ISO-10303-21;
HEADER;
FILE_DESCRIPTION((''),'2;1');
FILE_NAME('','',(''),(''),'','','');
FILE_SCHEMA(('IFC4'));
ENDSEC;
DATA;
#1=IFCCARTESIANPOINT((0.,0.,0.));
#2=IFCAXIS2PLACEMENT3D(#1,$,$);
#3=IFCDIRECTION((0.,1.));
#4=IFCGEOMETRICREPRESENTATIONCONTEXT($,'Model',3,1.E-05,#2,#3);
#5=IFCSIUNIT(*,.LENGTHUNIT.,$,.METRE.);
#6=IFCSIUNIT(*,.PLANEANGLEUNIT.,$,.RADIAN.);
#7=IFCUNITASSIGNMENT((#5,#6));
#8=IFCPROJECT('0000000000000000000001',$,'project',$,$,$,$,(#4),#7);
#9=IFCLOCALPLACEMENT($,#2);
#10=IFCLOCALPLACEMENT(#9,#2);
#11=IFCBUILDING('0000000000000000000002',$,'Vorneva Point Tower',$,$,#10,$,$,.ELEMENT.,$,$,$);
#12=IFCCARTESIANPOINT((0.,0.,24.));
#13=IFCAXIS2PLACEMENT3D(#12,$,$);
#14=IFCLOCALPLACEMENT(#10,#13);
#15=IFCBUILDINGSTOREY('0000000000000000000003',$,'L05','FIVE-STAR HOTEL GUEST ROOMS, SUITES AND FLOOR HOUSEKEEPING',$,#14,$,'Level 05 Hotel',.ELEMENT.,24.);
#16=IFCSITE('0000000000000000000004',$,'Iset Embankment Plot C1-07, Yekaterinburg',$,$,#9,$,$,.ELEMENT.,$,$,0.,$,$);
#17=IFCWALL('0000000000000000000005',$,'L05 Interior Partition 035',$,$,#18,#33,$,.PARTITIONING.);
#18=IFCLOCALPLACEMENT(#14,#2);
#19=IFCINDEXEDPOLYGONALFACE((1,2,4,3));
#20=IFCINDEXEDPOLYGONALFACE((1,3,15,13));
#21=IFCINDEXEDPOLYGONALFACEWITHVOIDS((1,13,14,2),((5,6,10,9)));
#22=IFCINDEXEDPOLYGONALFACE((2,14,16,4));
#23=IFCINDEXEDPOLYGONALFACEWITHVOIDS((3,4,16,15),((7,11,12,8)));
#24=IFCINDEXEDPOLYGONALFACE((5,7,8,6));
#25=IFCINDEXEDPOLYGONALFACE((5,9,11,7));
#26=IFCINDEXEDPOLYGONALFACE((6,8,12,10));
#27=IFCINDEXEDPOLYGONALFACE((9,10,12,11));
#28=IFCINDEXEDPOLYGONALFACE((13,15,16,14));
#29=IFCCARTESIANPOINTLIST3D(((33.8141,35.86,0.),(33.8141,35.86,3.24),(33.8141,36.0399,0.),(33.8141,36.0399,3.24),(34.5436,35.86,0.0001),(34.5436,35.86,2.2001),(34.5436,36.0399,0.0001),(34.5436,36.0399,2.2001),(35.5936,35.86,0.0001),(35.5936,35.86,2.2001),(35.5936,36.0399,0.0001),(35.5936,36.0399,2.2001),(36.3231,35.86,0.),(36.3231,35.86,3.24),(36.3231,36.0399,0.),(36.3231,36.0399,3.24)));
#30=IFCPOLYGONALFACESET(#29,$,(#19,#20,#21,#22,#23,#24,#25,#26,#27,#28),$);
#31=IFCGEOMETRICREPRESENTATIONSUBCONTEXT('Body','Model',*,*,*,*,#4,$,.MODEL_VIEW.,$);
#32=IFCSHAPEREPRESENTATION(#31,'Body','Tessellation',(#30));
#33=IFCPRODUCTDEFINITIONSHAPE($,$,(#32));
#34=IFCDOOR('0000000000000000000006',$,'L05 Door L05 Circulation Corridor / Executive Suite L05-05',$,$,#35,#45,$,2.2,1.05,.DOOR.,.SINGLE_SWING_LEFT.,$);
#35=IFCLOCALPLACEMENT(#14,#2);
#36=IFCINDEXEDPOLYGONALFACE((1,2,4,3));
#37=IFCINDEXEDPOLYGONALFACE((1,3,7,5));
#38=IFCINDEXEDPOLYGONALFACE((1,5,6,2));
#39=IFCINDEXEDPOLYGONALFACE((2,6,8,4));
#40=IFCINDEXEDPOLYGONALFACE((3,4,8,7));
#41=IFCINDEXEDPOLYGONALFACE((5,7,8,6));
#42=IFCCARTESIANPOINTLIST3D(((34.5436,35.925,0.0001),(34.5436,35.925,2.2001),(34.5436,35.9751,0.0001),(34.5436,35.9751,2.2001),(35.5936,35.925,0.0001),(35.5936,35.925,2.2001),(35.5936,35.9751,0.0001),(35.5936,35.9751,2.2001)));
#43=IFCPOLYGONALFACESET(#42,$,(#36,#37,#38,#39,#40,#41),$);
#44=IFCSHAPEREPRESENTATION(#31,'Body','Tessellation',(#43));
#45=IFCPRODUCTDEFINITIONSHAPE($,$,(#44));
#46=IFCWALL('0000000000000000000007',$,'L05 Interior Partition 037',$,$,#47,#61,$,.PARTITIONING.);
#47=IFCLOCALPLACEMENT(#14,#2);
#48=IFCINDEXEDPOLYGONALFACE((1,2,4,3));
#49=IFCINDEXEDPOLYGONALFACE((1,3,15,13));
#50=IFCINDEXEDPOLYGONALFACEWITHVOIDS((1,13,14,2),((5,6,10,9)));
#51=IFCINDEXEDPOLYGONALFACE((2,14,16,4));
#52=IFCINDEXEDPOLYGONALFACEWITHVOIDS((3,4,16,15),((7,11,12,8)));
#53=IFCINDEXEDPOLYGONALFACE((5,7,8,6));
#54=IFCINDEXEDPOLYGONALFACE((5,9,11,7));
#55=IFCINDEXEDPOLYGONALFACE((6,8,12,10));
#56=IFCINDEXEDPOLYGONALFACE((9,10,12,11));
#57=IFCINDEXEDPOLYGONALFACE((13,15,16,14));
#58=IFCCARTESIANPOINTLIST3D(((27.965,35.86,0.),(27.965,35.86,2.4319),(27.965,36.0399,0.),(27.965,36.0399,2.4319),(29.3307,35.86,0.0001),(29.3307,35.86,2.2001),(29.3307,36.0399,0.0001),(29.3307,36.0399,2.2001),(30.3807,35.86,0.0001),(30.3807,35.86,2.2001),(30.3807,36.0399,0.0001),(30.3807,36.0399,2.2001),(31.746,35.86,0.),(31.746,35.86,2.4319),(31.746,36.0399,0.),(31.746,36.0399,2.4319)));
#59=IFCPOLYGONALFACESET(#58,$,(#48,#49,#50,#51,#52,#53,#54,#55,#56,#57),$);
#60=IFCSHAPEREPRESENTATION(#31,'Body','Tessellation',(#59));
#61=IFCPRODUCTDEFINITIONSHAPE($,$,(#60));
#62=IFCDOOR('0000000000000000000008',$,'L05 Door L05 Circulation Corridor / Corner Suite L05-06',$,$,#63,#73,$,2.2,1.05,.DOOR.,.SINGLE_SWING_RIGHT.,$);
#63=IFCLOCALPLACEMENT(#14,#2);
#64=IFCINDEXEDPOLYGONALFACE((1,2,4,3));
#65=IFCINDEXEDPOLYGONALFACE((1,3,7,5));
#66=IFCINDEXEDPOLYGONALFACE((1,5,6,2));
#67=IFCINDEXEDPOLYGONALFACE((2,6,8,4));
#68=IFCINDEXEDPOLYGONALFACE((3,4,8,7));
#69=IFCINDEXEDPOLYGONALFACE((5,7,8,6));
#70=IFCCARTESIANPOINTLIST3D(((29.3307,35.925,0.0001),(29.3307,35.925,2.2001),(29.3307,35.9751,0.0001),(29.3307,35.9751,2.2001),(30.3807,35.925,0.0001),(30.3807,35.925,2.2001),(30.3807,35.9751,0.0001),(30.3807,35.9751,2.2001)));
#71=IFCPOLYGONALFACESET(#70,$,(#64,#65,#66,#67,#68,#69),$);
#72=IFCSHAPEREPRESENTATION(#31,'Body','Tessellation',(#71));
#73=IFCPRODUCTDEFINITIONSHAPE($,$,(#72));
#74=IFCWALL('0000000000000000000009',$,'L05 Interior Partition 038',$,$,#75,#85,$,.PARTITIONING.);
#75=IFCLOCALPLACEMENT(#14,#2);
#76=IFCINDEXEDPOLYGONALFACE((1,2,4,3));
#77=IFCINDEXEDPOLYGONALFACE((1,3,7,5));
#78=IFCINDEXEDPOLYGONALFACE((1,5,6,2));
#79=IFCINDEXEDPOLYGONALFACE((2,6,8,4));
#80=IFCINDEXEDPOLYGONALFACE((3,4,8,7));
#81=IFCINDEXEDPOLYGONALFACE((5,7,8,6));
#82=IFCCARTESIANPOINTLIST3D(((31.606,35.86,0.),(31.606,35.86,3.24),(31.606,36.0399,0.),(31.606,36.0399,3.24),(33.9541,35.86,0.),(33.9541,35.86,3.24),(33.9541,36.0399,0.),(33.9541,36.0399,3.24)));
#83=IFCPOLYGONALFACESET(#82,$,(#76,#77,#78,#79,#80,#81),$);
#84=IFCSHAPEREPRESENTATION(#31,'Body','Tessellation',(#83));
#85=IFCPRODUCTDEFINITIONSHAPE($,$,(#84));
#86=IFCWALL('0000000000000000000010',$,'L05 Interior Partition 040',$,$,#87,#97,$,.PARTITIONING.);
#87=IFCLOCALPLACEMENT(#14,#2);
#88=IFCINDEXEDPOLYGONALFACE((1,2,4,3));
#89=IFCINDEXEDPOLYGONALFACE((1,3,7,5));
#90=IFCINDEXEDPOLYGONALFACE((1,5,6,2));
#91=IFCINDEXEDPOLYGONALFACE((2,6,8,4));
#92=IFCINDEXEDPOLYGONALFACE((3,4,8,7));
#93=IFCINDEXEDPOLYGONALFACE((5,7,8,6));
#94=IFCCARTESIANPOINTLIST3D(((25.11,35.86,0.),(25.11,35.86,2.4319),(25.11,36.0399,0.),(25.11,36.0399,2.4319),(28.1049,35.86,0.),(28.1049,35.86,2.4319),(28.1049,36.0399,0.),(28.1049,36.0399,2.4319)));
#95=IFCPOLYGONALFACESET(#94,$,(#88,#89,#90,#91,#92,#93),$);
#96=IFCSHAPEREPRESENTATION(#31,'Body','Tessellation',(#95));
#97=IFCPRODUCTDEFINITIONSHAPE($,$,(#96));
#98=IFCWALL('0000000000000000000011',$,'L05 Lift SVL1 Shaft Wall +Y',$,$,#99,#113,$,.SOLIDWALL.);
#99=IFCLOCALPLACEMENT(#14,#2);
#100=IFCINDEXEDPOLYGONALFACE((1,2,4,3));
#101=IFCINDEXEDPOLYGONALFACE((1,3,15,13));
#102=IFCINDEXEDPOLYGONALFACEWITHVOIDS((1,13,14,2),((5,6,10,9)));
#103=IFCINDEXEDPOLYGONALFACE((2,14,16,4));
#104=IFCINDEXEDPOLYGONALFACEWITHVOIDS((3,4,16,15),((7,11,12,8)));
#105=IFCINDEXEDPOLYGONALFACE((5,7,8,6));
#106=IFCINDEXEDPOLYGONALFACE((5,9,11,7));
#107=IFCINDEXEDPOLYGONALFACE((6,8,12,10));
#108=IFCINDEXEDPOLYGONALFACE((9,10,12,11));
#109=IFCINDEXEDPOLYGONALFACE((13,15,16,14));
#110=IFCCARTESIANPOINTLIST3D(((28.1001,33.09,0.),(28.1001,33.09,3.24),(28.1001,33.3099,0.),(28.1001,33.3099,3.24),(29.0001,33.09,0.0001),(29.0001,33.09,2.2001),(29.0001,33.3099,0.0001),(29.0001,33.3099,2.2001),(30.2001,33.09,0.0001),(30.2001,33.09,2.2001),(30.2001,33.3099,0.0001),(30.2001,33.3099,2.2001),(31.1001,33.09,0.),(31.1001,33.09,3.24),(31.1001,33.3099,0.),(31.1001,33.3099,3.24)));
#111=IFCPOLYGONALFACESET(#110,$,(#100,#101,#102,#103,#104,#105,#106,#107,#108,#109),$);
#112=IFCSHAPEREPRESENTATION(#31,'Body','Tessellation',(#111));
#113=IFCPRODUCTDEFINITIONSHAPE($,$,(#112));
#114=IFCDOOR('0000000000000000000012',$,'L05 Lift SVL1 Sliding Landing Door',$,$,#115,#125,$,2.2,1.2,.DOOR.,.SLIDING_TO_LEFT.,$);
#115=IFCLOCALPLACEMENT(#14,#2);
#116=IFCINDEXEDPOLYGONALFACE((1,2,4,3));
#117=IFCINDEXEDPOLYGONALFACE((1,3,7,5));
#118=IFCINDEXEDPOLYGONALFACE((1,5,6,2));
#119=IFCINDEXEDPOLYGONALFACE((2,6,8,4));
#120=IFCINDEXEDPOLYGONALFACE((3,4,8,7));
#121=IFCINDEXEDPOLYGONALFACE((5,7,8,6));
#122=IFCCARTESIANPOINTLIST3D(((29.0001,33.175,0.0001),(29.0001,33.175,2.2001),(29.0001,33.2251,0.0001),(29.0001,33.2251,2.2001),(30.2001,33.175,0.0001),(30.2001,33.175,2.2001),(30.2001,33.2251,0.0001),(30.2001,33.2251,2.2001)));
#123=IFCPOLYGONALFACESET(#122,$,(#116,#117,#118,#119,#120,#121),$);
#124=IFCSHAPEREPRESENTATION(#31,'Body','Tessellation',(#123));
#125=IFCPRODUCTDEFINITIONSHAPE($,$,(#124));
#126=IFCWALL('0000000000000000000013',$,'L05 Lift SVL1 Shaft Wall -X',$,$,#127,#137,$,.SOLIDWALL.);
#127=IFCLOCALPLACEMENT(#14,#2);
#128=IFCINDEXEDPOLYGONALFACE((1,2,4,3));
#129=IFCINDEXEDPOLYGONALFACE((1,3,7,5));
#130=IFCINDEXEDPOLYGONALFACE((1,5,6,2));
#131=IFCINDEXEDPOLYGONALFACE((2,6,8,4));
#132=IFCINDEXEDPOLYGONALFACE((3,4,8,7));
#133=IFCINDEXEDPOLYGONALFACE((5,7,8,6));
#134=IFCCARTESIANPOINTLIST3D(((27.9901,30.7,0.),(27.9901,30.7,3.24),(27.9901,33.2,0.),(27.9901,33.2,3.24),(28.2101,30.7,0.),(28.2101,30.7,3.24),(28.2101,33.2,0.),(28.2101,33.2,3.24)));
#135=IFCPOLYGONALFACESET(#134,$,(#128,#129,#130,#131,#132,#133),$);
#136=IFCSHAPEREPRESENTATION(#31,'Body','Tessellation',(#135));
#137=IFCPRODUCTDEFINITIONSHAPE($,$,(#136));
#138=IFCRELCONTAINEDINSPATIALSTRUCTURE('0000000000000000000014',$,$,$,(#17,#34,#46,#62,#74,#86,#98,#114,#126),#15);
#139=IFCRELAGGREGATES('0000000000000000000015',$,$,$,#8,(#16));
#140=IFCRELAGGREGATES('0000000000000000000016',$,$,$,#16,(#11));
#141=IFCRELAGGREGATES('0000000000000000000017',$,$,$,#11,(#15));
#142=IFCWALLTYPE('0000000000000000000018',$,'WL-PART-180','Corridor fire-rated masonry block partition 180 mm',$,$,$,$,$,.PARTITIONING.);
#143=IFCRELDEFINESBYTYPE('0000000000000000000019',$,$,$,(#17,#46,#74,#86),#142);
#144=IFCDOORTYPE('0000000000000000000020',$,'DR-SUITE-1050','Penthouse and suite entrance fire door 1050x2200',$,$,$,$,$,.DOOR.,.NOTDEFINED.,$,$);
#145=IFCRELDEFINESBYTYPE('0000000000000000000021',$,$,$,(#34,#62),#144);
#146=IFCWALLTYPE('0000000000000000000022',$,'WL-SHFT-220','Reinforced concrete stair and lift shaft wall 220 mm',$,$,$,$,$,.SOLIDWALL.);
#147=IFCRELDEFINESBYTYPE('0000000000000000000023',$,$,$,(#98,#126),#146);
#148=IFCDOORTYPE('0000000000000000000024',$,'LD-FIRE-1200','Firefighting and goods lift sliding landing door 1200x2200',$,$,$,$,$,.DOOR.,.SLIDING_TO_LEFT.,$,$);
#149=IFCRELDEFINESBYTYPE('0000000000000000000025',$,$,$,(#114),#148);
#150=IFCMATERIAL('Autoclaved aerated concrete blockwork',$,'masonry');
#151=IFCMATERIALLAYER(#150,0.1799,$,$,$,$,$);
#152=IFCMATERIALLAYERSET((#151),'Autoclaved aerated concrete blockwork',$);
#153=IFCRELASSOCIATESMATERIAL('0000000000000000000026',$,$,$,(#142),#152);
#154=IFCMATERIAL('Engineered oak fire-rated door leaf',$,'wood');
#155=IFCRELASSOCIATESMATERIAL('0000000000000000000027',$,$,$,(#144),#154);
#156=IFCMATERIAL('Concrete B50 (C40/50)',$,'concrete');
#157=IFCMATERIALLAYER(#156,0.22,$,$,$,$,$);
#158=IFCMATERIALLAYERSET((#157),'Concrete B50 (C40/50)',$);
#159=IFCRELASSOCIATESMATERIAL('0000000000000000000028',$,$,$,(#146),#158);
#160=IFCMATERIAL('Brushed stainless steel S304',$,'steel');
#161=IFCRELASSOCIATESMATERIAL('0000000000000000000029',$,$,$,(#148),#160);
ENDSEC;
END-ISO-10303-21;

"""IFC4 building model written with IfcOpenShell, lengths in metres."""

from ifc_helpers import new_model, si_unit, direction, frame, frame_2d, origin, place, context, subcontext, project, spatial, rectangle, extrude, material, layer, layer_set, type_object, element, fill, save


model = new_model("IFC4")

# Units and contexts
model_context = context("Model", 3, precision=1e-05, world=origin(), true_north=direction((0.0, 1.0)))
body_context = subcontext(model_context, "Body", "Model", "MODEL_VIEW")
ifc_project = project(units=[si_unit("LENGTHUNIT", "METRE"), si_unit("PLANEANGLEUNIT", "RADIAN")], contexts=[model_context])

# Site, building, storey
site_placement = place(None, origin())
site = spatial("IfcSite", under=ifc_project, at=site_placement, Name="Iset Embankment Plot C1-07, Yekaterinburg", CompositionType="ELEMENT", RefElevation=0.0)
building_placement = place(site_placement, origin())
building = spatial("IfcBuilding", under=site, at=building_placement, Name="Vorneva Point Tower", CompositionType="ELEMENT")
storey_placement = place(building_placement, frame((0.0, 0.0, 24.0)))
storey = spatial("IfcBuildingStorey", under=building, at=storey_placement, Name="L05", Description="FIVE-STAR HOTEL GUEST ROOMS, SUITES AND FLOOR HOUSEKEEPING", LongName="Level 05 Hotel", CompositionType="ELEMENT", Elevation=24.0)

# Shared definitions
ifc_material_1 = material(Name="Engineered oak fire-rated door leaf", Category="wood")

# Shared definitions
ifc_material_2 = material(Name="Autoclaved aerated concrete blockwork", Category="masonry")
ifc_layer_1 = layer(ifc_material_2, 0.1799)
ifc_layer_set_1 = layer_set([ifc_layer_1], Name="Autoclaved aerated concrete blockwork")
wall_type_1 = type_object("IfcWallType", Name="WL-PART-180", Description="Corridor fire-rated masonry block partition 180 mm", PredefinedType="PARTITIONING", material=ifc_layer_set_1)

# Walls, openings, doors
wall_1_placement = place(storey_placement, frame((36.323, 35.95, 0.0), z_axis=(0.0, 0.0, 1.0), x_axis=(-1.0, 0.0, 0.0)))
wall_1 = element("IfcWall", 1, at=wall_1_placement, inside=storey, type_object=wall_type_1, Name="L05 Interior Partition 035", PredefinedType="PARTITIONING", context=body_context, shape_type="SweptSolid", body=[
    extrude(rectangle(XDim=2.509, YDim=0.1799, at=frame_2d((1.2544, 0.0))), origin(), (0.0, 0.0, 1.0), 3.24),
])
opening_1_placement = place(wall_1_placement, frame((0.7295, 0.0, 0.0)))
opening_1 = element("IfcOpeningElement", 2, at=opening_1_placement, cuts=wall_1, PredefinedType="OPENING", context=body_context, shape_type="SweptSolid", body=[
    extrude(rectangle(XDim=1.05, YDim=2.2, at=frame_2d((0.5249, 1.1001))), frame((0.0, 0.105, 0.0), z_axis=(0.0, -1.0, 0.0), x_axis=(1.0, 0.0, 0.0)), (0.0, 0.0, 1.0), 0.2097),
])
door_type_1 = type_object("IfcDoorType", Name="DR-SUITE-1050", Description="Penthouse and suite entrance fire door 1050x2200", OperationType="NOTDEFINED", PredefinedType="DOOR", material=ifc_material_1)
door_1_placement = place(opening_1_placement, origin())
door_1 = element("IfcDoor", 3, at=door_1_placement, inside=storey, type_object=door_type_1, Name="L05 Door L05 Circulation Corridor / Executive Suite L05-05", OperationType="SINGLE_SWING_LEFT", OverallHeight=2.2, OverallWidth=1.05, PredefinedType="DOOR", context=body_context, shape_type="SweptSolid", body=[
    extrude(rectangle(XDim=1.05, YDim=2.2, at=frame_2d((0.5249, 1.1001))), frame((0.0, 0.0249, 0.0), z_axis=(0.0, -1.0, 0.0), x_axis=(1.0, 0.0, 0.0)), (0.0, 0.0, 1.0), 0.05),
])
fill(opening_1, door_1)
wall_2_placement = place(storey_placement, frame((31.7461, 35.95, 0.0), z_axis=(0.0, 0.0, 1.0), x_axis=(-1.0, 0.0, 0.0)))
wall_2 = element("IfcWall", 4, at=wall_2_placement, inside=storey, type_object=wall_type_1, Name="L05 Interior Partition 037", PredefinedType="PARTITIONING", context=body_context, shape_type="SweptSolid", body=[
    extrude(rectangle(XDim=3.781, YDim=0.1799, at=frame_2d((1.8906, 0.0))), origin(), (0.0, 0.0, 1.0), 2.4319),
])
opening_2_placement = place(wall_2_placement, frame((1.3655, 0.0, 0.0)))
opening_2 = element("IfcOpeningElement", 5, at=opening_2_placement, cuts=wall_2, PredefinedType="OPENING", context=body_context, shape_type="SweptSolid", body=[
    extrude(rectangle(XDim=1.05, YDim=2.2, at=frame_2d((0.5249, 1.1001))), frame((0.0, 0.105, 0.0), z_axis=(0.0, -1.0, 0.0), x_axis=(1.0, 0.0, 0.0)), (0.0, 0.0, 1.0), 0.2097),
])
door_2_placement = place(opening_2_placement, origin())
door_2 = element("IfcDoor", 6, at=door_2_placement, inside=storey, type_object=door_type_1, Name="L05 Door L05 Circulation Corridor / Corner Suite L05-06", OperationType="SINGLE_SWING_RIGHT", OverallHeight=2.2, OverallWidth=1.05, PredefinedType="DOOR", context=body_context, shape_type="SweptSolid", body=[
    extrude(rectangle(XDim=1.05, YDim=2.2, at=frame_2d((0.5249, 1.1001))), frame((0.0, 0.0249, 0.0), z_axis=(0.0, -1.0, 0.0), x_axis=(1.0, 0.0, 0.0)), (0.0, 0.0, 1.0), 0.05),
])
fill(opening_2, door_2)

# Walls
wall_3_placement = place(storey_placement, frame((33.9541, 35.95, 0.0), z_axis=(0.0, 0.0, 1.0), x_axis=(-1.0, 0.0, 0.0)))
element("IfcWall", 7, at=wall_3_placement, inside=storey, type_object=wall_type_1, Name="L05 Interior Partition 038", PredefinedType="PARTITIONING", context=body_context, shape_type="SweptSolid", body=[
    extrude(rectangle(XDim=2.3481, YDim=0.1799, at=frame_2d((1.1741, 0.0))), origin(), (0.0, 0.0, 1.0), 3.24),
])
wall_4_placement = place(storey_placement, frame((28.105, 35.95, 0.0), z_axis=(0.0, 0.0, 1.0), x_axis=(-1.0, 0.0, 0.0)))
element("IfcWall", 8, at=wall_4_placement, inside=storey, type_object=wall_type_1, Name="L05 Interior Partition 040", PredefinedType="PARTITIONING", context=body_context, shape_type="SweptSolid", body=[
    extrude(rectangle(XDim=2.9949, YDim=0.1799, at=frame_2d((1.4976, 0.0))), origin(), (0.0, 0.0, 1.0), 2.4319),
])

# Wall, opening, door
ifc_material_3 = material(Name="Concrete B50 (C40/50)", Category="concrete")
ifc_layer_2 = layer(ifc_material_3, 0.22)
ifc_layer_set_2 = layer_set([ifc_layer_2], Name="Concrete B50 (C40/50)")
wall_type_2 = type_object("IfcWallType", Name="WL-SHFT-220", Description="Reinforced concrete stair and lift shaft wall 220 mm", PredefinedType="SOLIDWALL", material=ifc_layer_set_2)
wall_5_placement = place(storey_placement, frame((31.1001, 33.2, 0.0), z_axis=(0.0, 0.0, 1.0), x_axis=(-1.0, 0.0, 0.0)))
wall_5 = element("IfcWall", 9, at=wall_5_placement, inside=storey, type_object=wall_type_2, Name="L05 Lift SVL1 Shaft Wall +Y", PredefinedType="SOLIDWALL", context=body_context, shape_type="SweptSolid", body=[
    extrude(rectangle(XDim=3.0, YDim=0.22, at=frame_2d((1.5, 0.0))), origin(), (0.0, 0.0, 1.0), 3.24),
])
opening_3_placement = place(wall_5_placement, frame((0.8999, 0.0, 0.0)))
opening_3 = element("IfcOpeningElement", 10, at=opening_3_placement, cuts=wall_5, PredefinedType="OPENING", context=body_context, shape_type="SweptSolid", body=[
    extrude(rectangle(XDim=1.2, YDim=2.2, at=frame_2d((0.6001, 1.1001))), frame((0.0, 0.125, 0.0), z_axis=(0.0, -1.0, 0.0), x_axis=(1.0, 0.0, 0.0)), (0.0, 0.0, 1.0), 0.2498),
])
ifc_material_4 = material(Name="Brushed stainless steel S304", Category="steel")
door_type_2 = type_object("IfcDoorType", Name="LD-FIRE-1200", Description="Firefighting and goods lift sliding landing door 1200x2200", OperationType="SLIDING_TO_LEFT", PredefinedType="DOOR", material=ifc_material_4)
door_3_placement = place(opening_3_placement, origin())
door_3 = element("IfcDoor", 11, at=door_3_placement, inside=storey, type_object=door_type_2, Name="L05 Lift SVL1 Sliding Landing Door", OperationType="SLIDING_TO_LEFT", OverallHeight=2.2, OverallWidth=1.2, PredefinedType="DOOR", context=body_context, shape_type="SweptSolid", body=[
    extrude(rectangle(XDim=1.2, YDim=2.2, at=frame_2d((0.6001, 1.1001))), frame((0.0, 0.0249, 0.0), z_axis=(0.0, -1.0, 0.0), x_axis=(1.0, 0.0, 0.0)), (0.0, 0.0, 1.0), 0.05),
])
fill(opening_3, door_3)

# Wall
wall_6_placement = place(storey_placement, frame((28.1001, 33.2, 0.0), z_axis=(0.0, 0.0, 1.0), x_axis=(0.0, -1.0, 0.0)))
element("IfcWall", 12, at=wall_6_placement, inside=storey, type_object=wall_type_2, Name="L05 Lift SVL1 Shaft Wall -X", PredefinedType="SOLIDWALL", context=body_context, shape_type="SweptSolid", body=[
    extrude(rectangle(XDim=2.5, YDim=0.22, at=frame_2d((1.25, 0.0))), origin(), (0.0, 0.0, 1.0), 3.24),
])

save(model, "model.ifc")
